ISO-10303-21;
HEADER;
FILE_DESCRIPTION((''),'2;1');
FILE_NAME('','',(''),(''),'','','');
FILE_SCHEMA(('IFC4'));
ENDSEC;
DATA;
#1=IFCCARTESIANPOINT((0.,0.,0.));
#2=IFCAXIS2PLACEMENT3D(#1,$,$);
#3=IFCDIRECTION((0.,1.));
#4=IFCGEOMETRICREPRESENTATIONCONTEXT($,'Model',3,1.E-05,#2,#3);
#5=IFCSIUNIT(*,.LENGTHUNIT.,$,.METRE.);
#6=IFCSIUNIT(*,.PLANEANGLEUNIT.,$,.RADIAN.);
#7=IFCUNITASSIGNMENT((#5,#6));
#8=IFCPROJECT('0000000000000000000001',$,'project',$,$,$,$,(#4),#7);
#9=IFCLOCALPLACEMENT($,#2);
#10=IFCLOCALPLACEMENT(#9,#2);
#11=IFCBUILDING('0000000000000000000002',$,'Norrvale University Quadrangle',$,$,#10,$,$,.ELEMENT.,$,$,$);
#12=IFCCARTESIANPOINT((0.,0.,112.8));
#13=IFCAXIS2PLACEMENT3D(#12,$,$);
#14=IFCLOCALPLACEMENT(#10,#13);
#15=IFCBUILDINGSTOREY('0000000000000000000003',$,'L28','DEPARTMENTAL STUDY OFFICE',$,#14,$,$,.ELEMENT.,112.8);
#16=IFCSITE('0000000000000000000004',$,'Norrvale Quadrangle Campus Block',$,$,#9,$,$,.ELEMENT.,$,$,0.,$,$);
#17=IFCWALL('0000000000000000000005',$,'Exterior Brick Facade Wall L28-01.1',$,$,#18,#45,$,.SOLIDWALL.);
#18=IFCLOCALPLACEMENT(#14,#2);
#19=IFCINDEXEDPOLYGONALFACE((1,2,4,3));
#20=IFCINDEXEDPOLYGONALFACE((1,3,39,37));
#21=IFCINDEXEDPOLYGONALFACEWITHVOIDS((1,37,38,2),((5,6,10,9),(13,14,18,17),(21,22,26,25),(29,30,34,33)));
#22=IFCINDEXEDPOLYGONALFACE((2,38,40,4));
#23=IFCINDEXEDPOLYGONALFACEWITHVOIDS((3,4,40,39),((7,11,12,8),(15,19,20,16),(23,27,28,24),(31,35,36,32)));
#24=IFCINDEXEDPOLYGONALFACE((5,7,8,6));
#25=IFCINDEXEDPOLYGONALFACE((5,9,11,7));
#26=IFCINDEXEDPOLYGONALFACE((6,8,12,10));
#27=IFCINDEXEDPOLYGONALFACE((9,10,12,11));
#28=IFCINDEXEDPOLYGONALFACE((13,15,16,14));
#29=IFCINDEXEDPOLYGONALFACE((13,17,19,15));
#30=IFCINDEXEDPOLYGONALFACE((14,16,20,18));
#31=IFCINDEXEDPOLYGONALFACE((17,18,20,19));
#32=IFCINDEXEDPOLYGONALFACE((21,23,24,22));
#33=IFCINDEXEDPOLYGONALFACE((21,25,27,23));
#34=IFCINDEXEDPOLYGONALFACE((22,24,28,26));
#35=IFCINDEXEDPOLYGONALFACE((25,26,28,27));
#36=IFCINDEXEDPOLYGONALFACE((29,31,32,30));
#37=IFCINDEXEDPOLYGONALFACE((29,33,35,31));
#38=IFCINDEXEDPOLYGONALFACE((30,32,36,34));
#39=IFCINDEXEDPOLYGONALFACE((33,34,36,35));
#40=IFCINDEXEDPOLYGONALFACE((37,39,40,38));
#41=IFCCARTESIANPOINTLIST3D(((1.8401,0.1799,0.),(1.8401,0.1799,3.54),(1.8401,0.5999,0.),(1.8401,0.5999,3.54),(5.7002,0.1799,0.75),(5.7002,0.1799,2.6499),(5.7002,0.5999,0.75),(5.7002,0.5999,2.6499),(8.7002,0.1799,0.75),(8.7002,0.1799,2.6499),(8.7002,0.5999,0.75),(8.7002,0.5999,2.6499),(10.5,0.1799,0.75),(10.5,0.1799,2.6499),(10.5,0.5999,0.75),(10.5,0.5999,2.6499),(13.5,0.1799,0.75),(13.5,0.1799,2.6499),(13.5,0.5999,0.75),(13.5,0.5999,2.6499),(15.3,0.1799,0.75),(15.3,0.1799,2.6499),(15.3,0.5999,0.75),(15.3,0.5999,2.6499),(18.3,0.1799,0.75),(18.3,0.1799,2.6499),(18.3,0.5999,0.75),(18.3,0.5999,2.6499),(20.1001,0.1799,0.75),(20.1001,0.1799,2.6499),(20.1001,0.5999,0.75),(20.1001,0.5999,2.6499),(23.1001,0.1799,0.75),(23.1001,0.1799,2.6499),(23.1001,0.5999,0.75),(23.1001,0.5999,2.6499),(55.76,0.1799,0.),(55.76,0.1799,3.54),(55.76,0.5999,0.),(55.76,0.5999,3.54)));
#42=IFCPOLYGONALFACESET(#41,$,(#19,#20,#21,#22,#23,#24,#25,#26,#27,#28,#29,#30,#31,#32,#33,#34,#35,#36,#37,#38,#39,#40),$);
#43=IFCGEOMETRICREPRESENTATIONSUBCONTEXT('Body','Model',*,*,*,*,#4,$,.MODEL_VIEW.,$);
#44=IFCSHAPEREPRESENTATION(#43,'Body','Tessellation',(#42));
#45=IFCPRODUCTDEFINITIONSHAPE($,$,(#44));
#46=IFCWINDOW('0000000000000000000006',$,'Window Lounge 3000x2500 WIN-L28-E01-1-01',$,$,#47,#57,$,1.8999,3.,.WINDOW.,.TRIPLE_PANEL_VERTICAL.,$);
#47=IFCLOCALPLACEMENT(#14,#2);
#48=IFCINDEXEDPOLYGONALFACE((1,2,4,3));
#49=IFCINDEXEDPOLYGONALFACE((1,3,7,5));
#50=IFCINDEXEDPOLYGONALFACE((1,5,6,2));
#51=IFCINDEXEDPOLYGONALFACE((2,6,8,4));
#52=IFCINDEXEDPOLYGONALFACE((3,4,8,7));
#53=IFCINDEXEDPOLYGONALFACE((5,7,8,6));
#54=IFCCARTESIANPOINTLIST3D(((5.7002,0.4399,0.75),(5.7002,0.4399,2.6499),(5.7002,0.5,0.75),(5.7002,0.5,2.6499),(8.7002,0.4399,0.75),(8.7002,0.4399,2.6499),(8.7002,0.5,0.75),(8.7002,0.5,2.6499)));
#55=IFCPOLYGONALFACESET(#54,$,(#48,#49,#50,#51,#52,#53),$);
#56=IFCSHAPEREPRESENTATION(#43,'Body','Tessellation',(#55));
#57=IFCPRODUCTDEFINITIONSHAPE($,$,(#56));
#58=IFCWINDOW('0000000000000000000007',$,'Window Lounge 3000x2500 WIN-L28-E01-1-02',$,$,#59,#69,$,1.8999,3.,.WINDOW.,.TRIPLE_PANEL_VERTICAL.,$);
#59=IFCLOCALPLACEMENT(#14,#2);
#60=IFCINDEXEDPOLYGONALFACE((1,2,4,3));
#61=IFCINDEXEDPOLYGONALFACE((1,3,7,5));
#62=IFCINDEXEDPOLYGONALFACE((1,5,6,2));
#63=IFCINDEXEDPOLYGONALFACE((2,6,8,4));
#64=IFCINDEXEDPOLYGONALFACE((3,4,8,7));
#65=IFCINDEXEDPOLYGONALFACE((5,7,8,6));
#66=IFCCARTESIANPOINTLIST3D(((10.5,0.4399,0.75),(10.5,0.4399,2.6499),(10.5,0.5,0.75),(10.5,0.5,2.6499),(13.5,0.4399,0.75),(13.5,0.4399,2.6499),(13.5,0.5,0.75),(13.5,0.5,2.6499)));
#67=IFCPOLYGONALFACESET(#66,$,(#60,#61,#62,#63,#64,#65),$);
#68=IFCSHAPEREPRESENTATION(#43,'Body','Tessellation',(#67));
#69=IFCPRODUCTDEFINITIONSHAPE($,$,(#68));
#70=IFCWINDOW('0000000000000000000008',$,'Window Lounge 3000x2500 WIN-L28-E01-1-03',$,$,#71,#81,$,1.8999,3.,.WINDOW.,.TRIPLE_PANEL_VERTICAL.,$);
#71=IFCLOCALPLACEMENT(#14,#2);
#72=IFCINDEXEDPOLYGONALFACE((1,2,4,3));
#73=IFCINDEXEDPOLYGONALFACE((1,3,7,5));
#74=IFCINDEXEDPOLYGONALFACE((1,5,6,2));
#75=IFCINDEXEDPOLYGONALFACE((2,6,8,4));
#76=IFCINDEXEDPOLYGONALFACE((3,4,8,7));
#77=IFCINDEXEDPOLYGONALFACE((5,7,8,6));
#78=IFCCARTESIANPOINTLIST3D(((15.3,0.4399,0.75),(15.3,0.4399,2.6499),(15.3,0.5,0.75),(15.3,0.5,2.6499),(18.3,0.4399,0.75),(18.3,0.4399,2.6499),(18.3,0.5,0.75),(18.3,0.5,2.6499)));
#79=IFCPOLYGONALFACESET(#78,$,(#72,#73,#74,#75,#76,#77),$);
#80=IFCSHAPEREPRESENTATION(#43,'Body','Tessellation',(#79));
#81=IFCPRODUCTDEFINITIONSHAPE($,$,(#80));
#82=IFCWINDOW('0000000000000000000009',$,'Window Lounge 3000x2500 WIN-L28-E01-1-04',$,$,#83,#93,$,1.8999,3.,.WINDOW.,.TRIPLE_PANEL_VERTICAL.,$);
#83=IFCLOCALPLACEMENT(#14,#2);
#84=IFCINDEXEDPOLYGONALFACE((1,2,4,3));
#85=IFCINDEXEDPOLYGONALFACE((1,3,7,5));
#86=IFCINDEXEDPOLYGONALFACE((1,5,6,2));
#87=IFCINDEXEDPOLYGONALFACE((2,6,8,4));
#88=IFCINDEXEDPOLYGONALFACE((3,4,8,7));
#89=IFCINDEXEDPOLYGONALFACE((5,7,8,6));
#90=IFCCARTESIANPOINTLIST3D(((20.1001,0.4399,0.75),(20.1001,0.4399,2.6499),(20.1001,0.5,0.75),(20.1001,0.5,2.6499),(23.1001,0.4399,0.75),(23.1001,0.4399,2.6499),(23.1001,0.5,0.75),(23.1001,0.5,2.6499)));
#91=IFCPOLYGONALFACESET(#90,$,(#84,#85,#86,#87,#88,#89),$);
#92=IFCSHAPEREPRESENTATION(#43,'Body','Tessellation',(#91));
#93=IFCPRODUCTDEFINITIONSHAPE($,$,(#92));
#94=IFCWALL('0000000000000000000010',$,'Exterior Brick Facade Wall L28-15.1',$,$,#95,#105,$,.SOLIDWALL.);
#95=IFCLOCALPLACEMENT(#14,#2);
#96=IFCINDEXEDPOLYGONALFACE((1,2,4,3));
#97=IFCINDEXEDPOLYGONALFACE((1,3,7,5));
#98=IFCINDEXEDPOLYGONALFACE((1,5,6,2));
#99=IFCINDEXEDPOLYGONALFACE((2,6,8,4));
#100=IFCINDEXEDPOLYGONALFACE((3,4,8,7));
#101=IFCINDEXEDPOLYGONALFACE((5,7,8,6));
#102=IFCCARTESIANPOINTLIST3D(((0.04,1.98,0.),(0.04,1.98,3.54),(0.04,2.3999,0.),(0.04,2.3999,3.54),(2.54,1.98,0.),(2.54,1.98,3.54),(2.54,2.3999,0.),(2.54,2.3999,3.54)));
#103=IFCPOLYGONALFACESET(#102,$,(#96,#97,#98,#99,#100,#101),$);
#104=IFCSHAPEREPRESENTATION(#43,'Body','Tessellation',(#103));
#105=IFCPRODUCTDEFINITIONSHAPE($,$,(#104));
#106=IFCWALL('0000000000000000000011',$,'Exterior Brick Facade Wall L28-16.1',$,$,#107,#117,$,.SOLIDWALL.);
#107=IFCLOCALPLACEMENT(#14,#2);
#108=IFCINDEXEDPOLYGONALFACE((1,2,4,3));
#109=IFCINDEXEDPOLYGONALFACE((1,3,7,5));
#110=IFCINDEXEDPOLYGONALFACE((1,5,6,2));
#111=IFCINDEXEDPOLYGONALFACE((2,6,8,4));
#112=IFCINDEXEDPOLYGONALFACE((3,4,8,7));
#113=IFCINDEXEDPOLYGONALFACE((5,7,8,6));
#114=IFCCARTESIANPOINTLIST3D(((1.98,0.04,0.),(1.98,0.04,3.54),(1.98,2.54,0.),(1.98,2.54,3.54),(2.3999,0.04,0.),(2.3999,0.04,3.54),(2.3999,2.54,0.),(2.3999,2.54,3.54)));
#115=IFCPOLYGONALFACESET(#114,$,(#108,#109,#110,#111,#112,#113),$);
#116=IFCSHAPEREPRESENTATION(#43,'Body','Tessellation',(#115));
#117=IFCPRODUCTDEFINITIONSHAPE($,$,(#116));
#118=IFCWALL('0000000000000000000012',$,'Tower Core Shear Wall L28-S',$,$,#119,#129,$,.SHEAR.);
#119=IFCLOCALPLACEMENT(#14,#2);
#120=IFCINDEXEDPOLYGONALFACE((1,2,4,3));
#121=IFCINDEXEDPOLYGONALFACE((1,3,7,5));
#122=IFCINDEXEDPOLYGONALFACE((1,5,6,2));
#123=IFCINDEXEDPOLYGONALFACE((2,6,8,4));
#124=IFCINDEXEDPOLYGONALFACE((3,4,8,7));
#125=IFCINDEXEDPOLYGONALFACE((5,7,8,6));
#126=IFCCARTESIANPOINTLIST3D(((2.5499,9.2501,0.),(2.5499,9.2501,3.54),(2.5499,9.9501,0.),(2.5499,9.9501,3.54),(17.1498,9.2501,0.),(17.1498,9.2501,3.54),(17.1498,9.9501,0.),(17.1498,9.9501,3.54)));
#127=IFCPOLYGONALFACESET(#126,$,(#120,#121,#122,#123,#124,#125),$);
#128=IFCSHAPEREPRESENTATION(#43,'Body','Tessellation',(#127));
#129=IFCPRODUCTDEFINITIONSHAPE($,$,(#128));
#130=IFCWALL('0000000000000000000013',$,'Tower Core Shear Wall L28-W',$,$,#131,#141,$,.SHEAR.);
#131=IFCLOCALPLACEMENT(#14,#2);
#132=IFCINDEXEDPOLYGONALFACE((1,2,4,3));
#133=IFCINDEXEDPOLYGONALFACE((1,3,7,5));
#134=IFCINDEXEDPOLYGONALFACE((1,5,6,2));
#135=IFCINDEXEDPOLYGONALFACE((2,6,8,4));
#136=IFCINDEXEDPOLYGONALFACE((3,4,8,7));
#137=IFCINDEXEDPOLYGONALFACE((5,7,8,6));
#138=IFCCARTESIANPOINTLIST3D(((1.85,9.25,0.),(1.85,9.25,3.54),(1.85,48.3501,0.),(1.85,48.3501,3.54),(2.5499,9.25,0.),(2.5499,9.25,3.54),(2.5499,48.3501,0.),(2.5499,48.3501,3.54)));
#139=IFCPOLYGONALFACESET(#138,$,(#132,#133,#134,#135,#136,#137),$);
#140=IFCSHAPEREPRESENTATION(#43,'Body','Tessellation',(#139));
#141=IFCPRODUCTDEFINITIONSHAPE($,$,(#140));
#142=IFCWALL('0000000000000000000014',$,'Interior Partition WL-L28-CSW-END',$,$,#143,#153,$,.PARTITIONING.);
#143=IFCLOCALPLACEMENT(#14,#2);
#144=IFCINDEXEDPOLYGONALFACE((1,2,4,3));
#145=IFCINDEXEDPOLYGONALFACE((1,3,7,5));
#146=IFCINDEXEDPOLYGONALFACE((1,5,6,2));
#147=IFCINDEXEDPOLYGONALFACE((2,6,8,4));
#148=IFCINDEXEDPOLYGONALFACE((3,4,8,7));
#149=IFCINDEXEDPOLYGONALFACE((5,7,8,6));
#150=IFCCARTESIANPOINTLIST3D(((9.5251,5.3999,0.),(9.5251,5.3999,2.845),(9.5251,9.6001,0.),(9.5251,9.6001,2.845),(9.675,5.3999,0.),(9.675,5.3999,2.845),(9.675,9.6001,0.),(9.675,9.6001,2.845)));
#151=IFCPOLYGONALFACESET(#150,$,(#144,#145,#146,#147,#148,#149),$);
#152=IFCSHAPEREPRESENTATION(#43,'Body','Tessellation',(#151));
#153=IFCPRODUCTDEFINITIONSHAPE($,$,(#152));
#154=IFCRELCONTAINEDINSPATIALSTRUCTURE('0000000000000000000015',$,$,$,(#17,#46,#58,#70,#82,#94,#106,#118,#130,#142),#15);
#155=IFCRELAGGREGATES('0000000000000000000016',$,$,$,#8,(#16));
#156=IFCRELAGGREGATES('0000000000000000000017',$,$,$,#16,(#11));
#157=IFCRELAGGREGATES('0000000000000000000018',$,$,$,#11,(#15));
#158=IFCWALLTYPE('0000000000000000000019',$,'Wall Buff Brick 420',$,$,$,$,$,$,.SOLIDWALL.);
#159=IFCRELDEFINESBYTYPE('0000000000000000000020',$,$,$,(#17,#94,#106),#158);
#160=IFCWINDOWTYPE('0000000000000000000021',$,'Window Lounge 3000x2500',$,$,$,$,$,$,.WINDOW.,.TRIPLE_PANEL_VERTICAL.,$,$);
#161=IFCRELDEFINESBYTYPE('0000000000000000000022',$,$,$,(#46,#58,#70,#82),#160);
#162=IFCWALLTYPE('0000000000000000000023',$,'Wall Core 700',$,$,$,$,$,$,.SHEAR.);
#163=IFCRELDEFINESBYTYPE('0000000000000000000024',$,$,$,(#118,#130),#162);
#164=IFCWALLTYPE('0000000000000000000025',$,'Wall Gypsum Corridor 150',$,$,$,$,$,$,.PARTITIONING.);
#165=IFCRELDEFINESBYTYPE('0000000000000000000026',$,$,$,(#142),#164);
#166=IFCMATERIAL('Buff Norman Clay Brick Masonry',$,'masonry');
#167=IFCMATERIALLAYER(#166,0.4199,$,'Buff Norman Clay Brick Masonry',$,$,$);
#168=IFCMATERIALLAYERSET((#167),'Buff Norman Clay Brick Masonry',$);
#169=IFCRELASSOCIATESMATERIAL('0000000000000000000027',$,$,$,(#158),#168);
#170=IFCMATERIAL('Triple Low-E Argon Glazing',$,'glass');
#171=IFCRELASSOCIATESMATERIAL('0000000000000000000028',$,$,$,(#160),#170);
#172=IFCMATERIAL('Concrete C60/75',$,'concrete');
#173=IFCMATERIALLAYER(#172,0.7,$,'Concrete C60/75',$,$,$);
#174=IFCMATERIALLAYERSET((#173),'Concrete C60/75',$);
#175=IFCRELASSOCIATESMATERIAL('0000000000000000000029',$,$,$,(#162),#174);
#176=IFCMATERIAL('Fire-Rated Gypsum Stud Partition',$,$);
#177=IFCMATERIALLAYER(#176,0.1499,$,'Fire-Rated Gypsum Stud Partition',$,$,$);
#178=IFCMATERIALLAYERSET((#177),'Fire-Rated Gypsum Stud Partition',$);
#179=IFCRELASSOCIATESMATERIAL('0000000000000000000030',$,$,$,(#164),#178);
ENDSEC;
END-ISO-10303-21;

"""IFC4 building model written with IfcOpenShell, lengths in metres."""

from ifc_helpers import new_model, si_unit, direction, frame, frame_2d, origin, place, context, subcontext, project, spatial, rectangle, extrude, material, layer, layer_set, type_object, element, fill, save


model = new_model("IFC4")

# Units and contexts
model_context = context("Model", 3, precision=1e-05, world=origin(), true_north=direction((0.0, 1.0)))
body_context = subcontext(model_context, "Body", "Model", "MODEL_VIEW")
ifc_project = project(units=[si_unit("LENGTHUNIT", "METRE"), si_unit("PLANEANGLEUNIT", "RADIAN")], contexts=[model_context])

# Site, building, storey
site_placement = place(None, origin())
site = spatial("IfcSite", under=ifc_project, at=site_placement, Name="Norrvale Quadrangle Campus Block", CompositionType="ELEMENT", RefElevation=0.0)
building_placement = place(site_placement, origin())
building = spatial("IfcBuilding", under=site, at=building_placement, Name="Norrvale University Quadrangle", CompositionType="ELEMENT")
storey_placement = place(building_placement, frame((0.0, 0.0, 112.8)))
storey = spatial("IfcBuildingStorey", under=building, at=storey_placement, Name="L28", Description="DEPARTMENTAL STUDY OFFICE", CompositionType="ELEMENT", Elevation=112.8)

# Shared definitions
ifc_material_1 = material(Name="Concrete C60/75", Category="concrete")

# Wall, openings, windows
ifc_material_2 = material(Name="Buff Norman Clay Brick Masonry", Category="masonry")
ifc_layer_1 = layer(ifc_material_2, 0.4199, Name="Buff Norman Clay Brick Masonry")
ifc_layer_set_1 = layer_set([ifc_layer_1], Name="Buff Norman Clay Brick Masonry")
wall_type_1 = type_object("IfcWallType", Name="Wall Buff Brick 420", PredefinedType="SOLIDWALL", material=ifc_layer_set_1)
wall_1_placement = place(storey_placement, frame((1.8401, 0.3899, 0.0), z_axis=(0.0, 0.0, 1.0), x_axis=(1.0, 0.0, 0.0)))
wall_1 = element("IfcWall", 1, at=wall_1_placement, inside=storey, type_object=wall_type_1, Name="Exterior Brick Facade Wall L28-01.1", PredefinedType="SOLIDWALL", context=body_context, shape_type="SweptSolid", body=[
    extrude(rectangle(XDim=53.9199, YDim=0.4199, at=frame_2d((26.96, 0.0))), origin(), (0.0, 0.0, 1.0), 3.54),
])
opening_1_placement = place(wall_1_placement, frame((3.8601, 0.0, 0.75)))
opening_1 = element("IfcOpeningElement", 2, at=opening_1_placement, cuts=wall_1, PredefinedType="OPENING", context=body_context, shape_type="SweptSolid", body=[
    extrude(rectangle(XDim=3.0, YDim=1.8999, at=frame_2d((1.5, 0.95))), frame((0.0, 0.2219, 0.0), z_axis=(0.0, -1.0, 0.0), x_axis=(1.0, 0.0, 0.0)), (0.0, 0.0, 1.0), 0.4438),
])
opening_2_placement = place(wall_1_placement, frame((8.6599, 0.0, 0.75)))
opening_2 = element("IfcOpeningElement", 3, at=opening_2_placement, cuts=wall_1, PredefinedType="OPENING", context=body_context, shape_type="SweptSolid", body=[
    extrude(rectangle(XDim=3.0, YDim=1.8999, at=frame_2d((1.5, 0.95))), frame((0.0, 0.2219, 0.0), z_axis=(0.0, -1.0, 0.0), x_axis=(1.0, 0.0, 0.0)), (0.0, 0.0, 1.0), 0.4438),
])
opening_3_placement = place(wall_1_placement, frame((13.46, 0.0, 0.75)))
opening_3 = element("IfcOpeningElement", 4, at=opening_3_placement, cuts=wall_1, PredefinedType="OPENING", context=body_context, shape_type="SweptSolid", body=[
    extrude(rectangle(XDim=3.0, YDim=1.8999, at=frame_2d((1.5, 0.95))), frame((0.0, 0.2219, 0.0), z_axis=(0.0, -1.0, 0.0), x_axis=(1.0, 0.0, 0.0)), (0.0, 0.0, 1.0), 0.4438),
])
opening_4_placement = place(wall_1_placement, frame((18.26, 0.0, 0.75)))
opening_4 = element("IfcOpeningElement", 5, at=opening_4_placement, cuts=wall_1, PredefinedType="OPENING", context=body_context, shape_type="SweptSolid", body=[
    extrude(rectangle(XDim=3.0, YDim=1.8999, at=frame_2d((1.5, 0.95))), frame((0.0, 0.2219, 0.0), z_axis=(0.0, -1.0, 0.0), x_axis=(1.0, 0.0, 0.0)), (0.0, 0.0, 1.0), 0.4438),
])
ifc_material_3 = material(Name="Triple Low-E Argon Glazing", Category="glass")
window_type = type_object("IfcWindowType", Name="Window Lounge 3000x2500", PartitioningType="TRIPLE_PANEL_VERTICAL", PredefinedType="WINDOW", material=ifc_material_3)
window_1_placement = place(opening_1_placement, origin())
window_1 = element("IfcWindow", 6, at=window_1_placement, inside=storey, type_object=window_type, Name="Window Lounge 3000x2500 WIN-L28-E01-1-01", OverallHeight=1.8999, OverallWidth=3.0, PartitioningType="TRIPLE_PANEL_VERTICAL", PredefinedType="WINDOW", context=body_context, shape_type="SweptSolid", body=[
    extrude(rectangle(XDim=3.0, YDim=1.8999, at=frame_2d((1.5, 0.95))), frame((0.0, 0.1101, 0.0), z_axis=(0.0, -1.0, 0.0), x_axis=(1.0, 0.0, 0.0)), (0.0, 0.0, 1.0), 0.0601),
])
fill(opening_1, window_1)
window_2_placement = place(opening_2_placement, origin())
window_2 = element("IfcWindow", 7, at=window_2_placement, inside=storey, type_object=window_type, Name="Window Lounge 3000x2500 WIN-L28-E01-1-02", OverallHeight=1.8999, OverallWidth=3.0, PartitioningType="TRIPLE_PANEL_VERTICAL", PredefinedType="WINDOW", context=body_context, shape_type="SweptSolid", body=[
    extrude(rectangle(XDim=3.0, YDim=1.8999, at=frame_2d((1.5, 0.95))), frame((0.0, 0.1101, 0.0), z_axis=(0.0, -1.0, 0.0), x_axis=(1.0, 0.0, 0.0)), (0.0, 0.0, 1.0), 0.0601),
])
fill(opening_2, window_2)
window_3_placement = place(opening_3_placement, origin())
window_3 = element("IfcWindow", 8, at=window_3_placement, inside=storey, type_object=window_type, Name="Window Lounge 3000x2500 WIN-L28-E01-1-03", OverallHeight=1.8999, OverallWidth=3.0, PartitioningType="TRIPLE_PANEL_VERTICAL", PredefinedType="WINDOW", context=body_context, shape_type="SweptSolid", body=[
    extrude(rectangle(XDim=3.0, YDim=1.8999, at=frame_2d((1.5, 0.95))), frame((0.0, 0.1101, 0.0), z_axis=(0.0, -1.0, 0.0), x_axis=(1.0, 0.0, 0.0)), (0.0, 0.0, 1.0), 0.0601),
])
fill(opening_3, window_3)
window_4_placement = place(opening_4_placement, origin())
window_4 = element("IfcWindow", 9, at=window_4_placement, inside=storey, type_object=window_type, Name="Window Lounge 3000x2500 WIN-L28-E01-1-04", OverallHeight=1.8999, OverallWidth=3.0, PartitioningType="TRIPLE_PANEL_VERTICAL", PredefinedType="WINDOW", context=body_context, shape_type="SweptSolid", body=[
    extrude(rectangle(XDim=3.0, YDim=1.8999, at=frame_2d((1.5, 0.95))), frame((0.0, 0.1101, 0.0), z_axis=(0.0, -1.0, 0.0), x_axis=(1.0, 0.0, 0.0)), (0.0, 0.0, 1.0), 0.0601),
])
fill(opening_4, window_4)

# Walls
for number, where, z_axis, x_axis, name in (
    (10, (0.04, 2.1899, 0.0), (0.0, 0.0, 1.0), (1.0, 0.0, 0.0), "Exterior Brick Facade Wall L28-15.1"),
    (11, (2.1899, 2.54, 0.0), (0.0, 0.0, 1.0), (0.0, -1.0, 0.0), "Exterior Brick Facade Wall L28-16.1"),
):
    element("IfcWall", number, at=place(storey_placement, frame(where, z_axis=z_axis, x_axis=x_axis)), inside=storey, type_object=wall_type_1, Name=name, PredefinedType="SOLIDWALL", context=body_context, shape_type="SweptSolid", body=[
        extrude(rectangle(XDim=2.5, YDim=0.4199, at=frame_2d((1.25, 0.0))), origin(), (0.0, 0.0, 1.0), 3.54),
    ])
ifc_layer_2 = layer(ifc_material_1, 0.7, Name="Concrete C60/75")
ifc_layer_set_2 = layer_set([ifc_layer_2], Name="Concrete C60/75")
wall_type_2 = type_object("IfcWallType", Name="Wall Core 700", PredefinedType="SHEAR", material=ifc_layer_set_2)
wall_2_placement = place(storey_placement, frame((2.55, 9.6001, 0.0), z_axis=(0.0, 0.0, 1.0), x_axis=(1.0, 0.0, 0.0)))
element("IfcWall", 12, at=wall_2_placement, inside=storey, type_object=wall_type_2, Name="Tower Core Shear Wall L28-S", PredefinedType="SHEAR", context=body_context, shape_type="SweptSolid", body=[
    extrude(rectangle(XDim=14.5999, YDim=0.7, at=frame_2d((7.2998, 0.0))), origin(), (0.0, 0.0, 1.0), 3.54),
])
wall_3_placement = place(storey_placement, frame((2.2, 9.25, 0.0), z_axis=(0.0, 0.0, 1.0), x_axis=(0.0, 1.0, 0.0)))
element("IfcWall", 13, at=wall_3_placement, inside=storey, type_object=wall_type_2, Name="Tower Core Shear Wall L28-W", PredefinedType="SHEAR", context=body_context, shape_type="SweptSolid", body=[
    extrude(rectangle(XDim=39.1001, YDim=0.7, at=frame_2d((19.55, 0.0))), origin(), (0.0, 0.0, 1.0), 3.54),
])
ifc_material_4 = material(Name="Fire-Rated Gypsum Stud Partition")
ifc_layer_3 = layer(ifc_material_4, 0.1499, Name="Fire-Rated Gypsum Stud Partition")
ifc_layer_set_3 = layer_set([ifc_layer_3], Name="Fire-Rated Gypsum Stud Partition")
wall_type_3 = type_object("IfcWallType", Name="Wall Gypsum Corridor 150", PredefinedType="PARTITIONING", material=ifc_layer_set_3)
wall_4_placement = place(storey_placement, frame((9.6001, 5.3999, 0.0), z_axis=(0.0, 0.0, 1.0), x_axis=(0.0, 1.0, 0.0)))
element("IfcWall", 14, at=wall_4_placement, inside=storey, type_object=wall_type_3, Name="Interior Partition WL-L28-CSW-END", PredefinedType="PARTITIONING", context=body_context, shape_type="SweptSolid", body=[
    extrude(rectangle(XDim=4.2002, YDim=0.1499, at=frame_2d((2.1001, 0.0))), origin(), (0.0, 0.0, 1.0), 2.845),
])

save(model, "model.ifc")
